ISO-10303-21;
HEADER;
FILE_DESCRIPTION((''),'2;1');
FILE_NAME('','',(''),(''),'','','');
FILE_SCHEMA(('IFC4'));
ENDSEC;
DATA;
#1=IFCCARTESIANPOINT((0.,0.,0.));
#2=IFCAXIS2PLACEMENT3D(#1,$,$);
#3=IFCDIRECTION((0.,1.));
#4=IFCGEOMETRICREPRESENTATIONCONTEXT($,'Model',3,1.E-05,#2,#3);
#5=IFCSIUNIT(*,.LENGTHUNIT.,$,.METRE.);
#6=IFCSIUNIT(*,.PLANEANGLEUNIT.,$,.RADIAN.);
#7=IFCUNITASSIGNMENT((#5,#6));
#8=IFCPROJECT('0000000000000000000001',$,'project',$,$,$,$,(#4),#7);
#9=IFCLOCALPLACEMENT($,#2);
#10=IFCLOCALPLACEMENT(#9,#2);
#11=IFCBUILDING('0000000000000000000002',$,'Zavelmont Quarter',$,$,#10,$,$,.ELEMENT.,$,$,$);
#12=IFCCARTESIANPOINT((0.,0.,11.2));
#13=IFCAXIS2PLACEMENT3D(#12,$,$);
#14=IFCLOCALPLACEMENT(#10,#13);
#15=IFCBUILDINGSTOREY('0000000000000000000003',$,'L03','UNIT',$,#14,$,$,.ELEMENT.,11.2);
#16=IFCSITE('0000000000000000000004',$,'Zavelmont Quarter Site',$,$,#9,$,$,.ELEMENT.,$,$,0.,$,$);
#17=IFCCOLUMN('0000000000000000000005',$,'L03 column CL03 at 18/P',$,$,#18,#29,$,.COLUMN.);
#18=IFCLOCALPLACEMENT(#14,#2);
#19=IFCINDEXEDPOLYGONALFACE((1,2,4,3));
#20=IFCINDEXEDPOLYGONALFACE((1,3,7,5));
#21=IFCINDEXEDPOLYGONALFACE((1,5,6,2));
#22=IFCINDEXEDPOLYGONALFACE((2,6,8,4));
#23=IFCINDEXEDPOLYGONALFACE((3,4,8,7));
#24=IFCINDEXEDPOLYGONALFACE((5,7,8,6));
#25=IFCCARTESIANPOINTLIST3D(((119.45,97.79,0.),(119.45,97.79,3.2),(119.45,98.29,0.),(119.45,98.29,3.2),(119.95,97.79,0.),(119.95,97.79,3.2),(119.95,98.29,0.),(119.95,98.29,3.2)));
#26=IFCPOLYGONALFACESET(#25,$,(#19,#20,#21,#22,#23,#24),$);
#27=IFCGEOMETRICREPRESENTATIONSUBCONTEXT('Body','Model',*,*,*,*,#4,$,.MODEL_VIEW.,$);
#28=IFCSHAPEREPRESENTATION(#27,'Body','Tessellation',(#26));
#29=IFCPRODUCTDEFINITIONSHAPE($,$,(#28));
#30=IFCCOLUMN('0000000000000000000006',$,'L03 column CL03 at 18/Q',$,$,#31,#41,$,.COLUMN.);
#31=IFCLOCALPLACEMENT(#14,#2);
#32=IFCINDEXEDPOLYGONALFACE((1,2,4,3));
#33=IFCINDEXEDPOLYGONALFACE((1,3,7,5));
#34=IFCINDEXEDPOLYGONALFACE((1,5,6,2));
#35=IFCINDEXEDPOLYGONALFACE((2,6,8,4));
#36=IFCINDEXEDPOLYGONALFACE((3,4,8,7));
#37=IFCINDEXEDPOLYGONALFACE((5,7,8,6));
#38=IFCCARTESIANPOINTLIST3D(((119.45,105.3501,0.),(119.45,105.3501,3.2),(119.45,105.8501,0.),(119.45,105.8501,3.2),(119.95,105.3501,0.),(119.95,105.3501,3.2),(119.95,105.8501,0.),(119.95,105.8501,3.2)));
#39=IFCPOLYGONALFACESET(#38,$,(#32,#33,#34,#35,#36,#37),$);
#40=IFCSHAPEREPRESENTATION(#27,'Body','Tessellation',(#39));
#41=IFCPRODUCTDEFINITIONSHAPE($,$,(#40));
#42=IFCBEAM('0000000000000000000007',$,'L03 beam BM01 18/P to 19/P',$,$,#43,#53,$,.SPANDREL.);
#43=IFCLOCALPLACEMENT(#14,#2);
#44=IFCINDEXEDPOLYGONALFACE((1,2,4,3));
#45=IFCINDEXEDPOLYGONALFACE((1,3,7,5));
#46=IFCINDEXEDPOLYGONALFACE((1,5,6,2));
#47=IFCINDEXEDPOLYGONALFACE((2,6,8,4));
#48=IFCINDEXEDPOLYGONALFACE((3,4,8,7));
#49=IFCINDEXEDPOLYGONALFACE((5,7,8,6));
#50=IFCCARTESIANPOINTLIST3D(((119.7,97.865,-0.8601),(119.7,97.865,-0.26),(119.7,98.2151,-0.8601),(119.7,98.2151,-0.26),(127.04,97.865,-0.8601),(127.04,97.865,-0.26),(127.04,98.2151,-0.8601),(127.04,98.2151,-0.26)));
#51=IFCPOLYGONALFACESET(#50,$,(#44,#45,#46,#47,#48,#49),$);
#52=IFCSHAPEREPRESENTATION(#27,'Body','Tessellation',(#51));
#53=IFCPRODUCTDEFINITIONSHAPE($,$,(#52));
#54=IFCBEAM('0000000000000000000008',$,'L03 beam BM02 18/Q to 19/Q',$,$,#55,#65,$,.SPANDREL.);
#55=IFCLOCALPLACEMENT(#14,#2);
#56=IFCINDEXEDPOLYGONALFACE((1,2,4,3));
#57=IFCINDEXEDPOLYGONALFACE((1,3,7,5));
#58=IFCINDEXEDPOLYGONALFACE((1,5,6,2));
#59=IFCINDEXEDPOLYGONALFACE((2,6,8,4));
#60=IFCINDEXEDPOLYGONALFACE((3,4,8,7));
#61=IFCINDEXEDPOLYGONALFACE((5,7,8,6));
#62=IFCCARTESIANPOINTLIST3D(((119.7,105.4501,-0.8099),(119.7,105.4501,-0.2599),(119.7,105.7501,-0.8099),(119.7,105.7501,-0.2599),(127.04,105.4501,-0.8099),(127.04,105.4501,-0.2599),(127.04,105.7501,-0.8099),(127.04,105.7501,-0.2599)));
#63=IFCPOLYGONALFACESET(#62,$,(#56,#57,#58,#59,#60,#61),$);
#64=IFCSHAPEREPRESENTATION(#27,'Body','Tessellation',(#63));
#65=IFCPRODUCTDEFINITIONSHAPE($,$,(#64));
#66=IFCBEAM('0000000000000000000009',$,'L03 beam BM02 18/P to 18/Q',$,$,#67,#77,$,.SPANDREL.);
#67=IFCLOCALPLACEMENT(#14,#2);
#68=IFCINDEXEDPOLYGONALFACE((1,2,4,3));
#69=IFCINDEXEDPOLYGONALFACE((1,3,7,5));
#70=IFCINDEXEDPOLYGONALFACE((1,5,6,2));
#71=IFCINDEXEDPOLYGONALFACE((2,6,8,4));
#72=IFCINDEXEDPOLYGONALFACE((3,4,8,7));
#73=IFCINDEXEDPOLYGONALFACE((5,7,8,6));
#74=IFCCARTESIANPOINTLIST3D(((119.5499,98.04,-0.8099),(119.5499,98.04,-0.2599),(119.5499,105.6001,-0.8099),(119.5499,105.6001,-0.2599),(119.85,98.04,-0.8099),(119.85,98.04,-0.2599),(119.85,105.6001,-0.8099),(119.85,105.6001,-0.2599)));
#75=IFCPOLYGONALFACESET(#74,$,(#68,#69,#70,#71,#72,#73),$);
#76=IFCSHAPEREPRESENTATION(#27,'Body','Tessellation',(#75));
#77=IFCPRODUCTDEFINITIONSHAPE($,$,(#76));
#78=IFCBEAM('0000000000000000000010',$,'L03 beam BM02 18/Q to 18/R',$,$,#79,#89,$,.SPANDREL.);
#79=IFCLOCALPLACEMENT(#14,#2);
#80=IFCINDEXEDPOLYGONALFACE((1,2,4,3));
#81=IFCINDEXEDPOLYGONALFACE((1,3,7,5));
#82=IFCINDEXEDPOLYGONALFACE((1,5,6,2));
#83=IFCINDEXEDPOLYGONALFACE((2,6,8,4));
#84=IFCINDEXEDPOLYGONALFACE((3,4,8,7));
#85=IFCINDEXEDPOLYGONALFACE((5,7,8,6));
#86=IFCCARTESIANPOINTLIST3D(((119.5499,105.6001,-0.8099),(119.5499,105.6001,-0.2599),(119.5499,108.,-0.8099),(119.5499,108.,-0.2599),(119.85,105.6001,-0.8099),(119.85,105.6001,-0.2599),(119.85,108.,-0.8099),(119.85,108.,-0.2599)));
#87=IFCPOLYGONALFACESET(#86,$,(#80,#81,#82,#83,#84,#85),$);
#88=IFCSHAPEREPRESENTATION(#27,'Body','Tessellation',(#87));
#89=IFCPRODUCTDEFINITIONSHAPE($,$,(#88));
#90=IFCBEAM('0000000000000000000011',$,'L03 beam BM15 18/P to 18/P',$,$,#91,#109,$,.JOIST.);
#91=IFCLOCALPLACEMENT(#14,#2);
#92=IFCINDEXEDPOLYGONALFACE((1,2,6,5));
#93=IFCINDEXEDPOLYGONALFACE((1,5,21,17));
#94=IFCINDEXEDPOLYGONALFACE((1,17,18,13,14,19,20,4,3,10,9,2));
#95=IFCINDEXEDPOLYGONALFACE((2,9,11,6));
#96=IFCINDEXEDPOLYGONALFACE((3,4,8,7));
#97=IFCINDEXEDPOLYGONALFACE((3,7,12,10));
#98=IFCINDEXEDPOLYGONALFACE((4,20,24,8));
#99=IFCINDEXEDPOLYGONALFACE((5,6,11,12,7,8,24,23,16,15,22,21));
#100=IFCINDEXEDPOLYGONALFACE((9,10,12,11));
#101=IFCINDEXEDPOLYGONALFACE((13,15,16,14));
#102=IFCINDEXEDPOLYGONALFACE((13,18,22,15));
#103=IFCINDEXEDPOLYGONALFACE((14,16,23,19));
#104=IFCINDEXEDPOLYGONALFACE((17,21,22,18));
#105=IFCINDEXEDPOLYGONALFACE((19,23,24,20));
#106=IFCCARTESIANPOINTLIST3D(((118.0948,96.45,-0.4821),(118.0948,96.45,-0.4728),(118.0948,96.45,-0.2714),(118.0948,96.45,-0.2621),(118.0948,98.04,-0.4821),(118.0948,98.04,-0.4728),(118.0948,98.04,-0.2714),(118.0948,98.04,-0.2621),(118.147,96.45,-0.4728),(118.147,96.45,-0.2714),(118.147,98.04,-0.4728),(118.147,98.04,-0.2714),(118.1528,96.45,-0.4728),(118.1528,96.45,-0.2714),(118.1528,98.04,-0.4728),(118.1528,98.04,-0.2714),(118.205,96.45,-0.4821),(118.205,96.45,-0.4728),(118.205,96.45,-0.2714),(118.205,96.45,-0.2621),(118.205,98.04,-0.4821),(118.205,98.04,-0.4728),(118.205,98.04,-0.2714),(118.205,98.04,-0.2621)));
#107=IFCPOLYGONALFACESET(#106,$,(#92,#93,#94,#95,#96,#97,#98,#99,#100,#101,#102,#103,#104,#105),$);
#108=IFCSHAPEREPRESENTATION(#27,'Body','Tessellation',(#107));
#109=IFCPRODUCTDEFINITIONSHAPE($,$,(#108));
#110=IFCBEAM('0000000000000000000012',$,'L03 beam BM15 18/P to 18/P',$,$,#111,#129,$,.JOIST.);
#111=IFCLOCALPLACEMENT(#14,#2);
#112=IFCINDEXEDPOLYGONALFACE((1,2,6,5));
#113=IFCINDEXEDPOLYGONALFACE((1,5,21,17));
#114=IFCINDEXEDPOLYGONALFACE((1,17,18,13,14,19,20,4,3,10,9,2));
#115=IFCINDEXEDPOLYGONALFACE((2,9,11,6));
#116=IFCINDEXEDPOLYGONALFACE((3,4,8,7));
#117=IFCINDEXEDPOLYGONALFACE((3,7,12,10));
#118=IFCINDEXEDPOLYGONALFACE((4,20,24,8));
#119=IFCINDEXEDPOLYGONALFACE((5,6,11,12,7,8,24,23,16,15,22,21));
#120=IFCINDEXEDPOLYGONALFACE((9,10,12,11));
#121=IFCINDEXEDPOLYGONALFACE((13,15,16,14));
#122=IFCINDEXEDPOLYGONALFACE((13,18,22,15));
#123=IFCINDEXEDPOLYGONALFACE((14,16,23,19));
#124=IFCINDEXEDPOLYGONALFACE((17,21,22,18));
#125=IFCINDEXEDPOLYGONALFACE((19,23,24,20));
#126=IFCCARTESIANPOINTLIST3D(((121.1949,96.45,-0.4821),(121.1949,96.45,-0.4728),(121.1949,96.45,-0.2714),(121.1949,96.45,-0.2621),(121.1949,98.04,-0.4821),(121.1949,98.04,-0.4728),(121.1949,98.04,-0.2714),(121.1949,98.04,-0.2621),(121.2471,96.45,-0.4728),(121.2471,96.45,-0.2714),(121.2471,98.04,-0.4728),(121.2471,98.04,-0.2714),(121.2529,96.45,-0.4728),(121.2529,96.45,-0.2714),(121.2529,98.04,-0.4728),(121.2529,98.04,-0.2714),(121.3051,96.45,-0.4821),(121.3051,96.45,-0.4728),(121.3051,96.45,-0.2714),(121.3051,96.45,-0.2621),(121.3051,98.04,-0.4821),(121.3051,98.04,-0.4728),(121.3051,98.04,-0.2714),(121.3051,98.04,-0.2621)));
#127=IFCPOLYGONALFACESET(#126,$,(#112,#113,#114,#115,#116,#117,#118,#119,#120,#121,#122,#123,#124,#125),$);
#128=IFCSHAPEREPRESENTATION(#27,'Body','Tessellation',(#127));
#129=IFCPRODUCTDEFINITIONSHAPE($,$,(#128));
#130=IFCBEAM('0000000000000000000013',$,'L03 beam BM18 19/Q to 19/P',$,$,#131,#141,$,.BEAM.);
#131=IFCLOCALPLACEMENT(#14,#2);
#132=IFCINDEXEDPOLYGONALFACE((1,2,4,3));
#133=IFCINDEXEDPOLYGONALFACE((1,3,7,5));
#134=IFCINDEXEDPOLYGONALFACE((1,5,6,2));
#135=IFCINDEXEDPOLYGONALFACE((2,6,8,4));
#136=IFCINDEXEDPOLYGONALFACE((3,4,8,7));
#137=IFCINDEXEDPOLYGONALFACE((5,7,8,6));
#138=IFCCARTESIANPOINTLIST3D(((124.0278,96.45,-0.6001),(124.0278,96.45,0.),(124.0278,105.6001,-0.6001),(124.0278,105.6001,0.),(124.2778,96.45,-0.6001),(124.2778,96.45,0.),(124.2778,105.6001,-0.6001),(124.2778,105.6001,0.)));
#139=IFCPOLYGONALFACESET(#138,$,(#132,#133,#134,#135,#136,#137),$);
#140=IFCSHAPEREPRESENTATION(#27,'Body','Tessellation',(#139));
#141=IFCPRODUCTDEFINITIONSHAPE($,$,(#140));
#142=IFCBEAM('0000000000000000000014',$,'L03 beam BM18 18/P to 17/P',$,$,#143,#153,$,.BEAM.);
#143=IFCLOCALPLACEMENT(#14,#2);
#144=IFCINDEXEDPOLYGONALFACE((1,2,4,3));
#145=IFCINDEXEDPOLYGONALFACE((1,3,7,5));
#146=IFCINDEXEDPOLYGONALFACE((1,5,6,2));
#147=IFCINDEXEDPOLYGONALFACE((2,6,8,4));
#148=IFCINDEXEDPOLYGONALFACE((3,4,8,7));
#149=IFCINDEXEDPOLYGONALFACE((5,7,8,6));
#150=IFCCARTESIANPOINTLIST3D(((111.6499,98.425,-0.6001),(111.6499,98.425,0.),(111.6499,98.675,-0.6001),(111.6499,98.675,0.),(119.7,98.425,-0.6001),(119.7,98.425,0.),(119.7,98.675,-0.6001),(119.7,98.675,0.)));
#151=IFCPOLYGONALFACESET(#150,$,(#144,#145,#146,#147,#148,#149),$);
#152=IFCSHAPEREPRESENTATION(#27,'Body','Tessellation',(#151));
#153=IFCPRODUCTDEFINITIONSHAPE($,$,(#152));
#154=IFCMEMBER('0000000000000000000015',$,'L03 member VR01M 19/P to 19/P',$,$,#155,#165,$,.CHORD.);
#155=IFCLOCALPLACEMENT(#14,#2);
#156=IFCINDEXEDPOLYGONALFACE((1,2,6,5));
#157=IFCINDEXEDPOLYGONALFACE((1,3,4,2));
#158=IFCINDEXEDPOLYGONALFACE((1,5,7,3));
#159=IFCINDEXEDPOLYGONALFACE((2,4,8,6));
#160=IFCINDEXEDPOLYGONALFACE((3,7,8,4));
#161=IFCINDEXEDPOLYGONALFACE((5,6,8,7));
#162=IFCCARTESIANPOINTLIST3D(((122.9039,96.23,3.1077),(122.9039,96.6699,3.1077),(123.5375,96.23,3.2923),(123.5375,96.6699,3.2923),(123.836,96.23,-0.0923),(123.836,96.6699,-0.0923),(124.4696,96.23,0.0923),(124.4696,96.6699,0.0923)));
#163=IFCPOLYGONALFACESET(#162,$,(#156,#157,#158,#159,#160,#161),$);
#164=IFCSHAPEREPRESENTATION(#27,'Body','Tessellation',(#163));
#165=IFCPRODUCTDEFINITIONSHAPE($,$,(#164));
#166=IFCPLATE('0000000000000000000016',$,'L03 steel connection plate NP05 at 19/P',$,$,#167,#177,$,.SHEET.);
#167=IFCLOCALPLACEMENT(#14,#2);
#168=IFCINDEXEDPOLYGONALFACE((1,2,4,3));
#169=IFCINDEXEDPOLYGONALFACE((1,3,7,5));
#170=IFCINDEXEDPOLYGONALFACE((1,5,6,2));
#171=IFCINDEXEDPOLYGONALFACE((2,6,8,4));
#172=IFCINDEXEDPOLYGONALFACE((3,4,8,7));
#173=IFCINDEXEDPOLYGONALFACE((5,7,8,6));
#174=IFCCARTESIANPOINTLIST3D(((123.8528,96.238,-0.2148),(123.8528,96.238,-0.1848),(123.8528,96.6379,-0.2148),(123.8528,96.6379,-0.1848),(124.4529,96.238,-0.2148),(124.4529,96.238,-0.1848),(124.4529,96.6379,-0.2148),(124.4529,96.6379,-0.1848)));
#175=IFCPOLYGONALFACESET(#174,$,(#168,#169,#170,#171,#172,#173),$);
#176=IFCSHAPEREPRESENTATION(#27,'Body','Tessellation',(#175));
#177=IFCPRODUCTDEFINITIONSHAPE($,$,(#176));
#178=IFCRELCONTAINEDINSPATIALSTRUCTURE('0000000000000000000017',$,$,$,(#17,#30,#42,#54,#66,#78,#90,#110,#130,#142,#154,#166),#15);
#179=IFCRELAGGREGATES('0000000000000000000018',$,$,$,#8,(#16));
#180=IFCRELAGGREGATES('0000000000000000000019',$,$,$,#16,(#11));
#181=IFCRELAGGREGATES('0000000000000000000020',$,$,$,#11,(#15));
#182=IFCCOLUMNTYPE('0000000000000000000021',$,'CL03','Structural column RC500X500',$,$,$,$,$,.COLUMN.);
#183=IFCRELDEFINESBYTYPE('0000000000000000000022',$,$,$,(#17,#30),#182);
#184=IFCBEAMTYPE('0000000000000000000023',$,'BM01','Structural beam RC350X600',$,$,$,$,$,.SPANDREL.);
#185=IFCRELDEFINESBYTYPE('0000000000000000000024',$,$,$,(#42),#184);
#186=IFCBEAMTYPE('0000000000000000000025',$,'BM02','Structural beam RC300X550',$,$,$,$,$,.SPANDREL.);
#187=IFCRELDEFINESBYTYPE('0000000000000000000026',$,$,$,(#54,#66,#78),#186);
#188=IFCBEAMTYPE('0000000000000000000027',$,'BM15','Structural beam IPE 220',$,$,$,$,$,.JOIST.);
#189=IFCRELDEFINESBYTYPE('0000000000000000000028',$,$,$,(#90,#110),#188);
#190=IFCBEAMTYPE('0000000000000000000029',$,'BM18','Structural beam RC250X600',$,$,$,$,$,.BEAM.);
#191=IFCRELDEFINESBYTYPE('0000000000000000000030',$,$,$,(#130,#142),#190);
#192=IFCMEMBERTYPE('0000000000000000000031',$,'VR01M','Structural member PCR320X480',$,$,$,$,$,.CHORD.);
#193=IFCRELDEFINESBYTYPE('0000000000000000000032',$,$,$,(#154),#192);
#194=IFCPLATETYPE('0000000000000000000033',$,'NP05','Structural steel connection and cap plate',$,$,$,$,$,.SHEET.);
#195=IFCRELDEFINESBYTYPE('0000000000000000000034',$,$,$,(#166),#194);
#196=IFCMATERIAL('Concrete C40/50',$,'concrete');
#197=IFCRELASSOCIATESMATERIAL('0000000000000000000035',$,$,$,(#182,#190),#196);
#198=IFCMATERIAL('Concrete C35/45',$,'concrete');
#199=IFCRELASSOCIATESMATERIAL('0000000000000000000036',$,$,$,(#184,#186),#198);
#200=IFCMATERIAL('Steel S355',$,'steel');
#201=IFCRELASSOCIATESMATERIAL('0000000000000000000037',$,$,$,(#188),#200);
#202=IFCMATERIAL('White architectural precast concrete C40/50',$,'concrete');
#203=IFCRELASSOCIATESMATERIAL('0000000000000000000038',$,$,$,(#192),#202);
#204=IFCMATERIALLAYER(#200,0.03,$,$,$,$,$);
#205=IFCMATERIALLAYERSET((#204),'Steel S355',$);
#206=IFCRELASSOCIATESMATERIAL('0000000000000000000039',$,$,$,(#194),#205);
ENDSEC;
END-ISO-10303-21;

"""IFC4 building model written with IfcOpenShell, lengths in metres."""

from ifc_helpers import new_model, si_unit, direction, frame, origin, origin_2d, place, context, subcontext, project, spatial, rectangle, i_section, extrude, material, layer, layer_set, material_profile, profile_set, type_object, element, save


model = new_model("IFC4")

# Units and contexts
model_context = context("Model", 3, precision=1e-05, world=origin(), true_north=direction((0.0, 1.0)))
body_context = subcontext(model_context, "Body", "Model", "MODEL_VIEW")
ifc_project = project(units=[si_unit("LENGTHUNIT", "METRE"), si_unit("PLANEANGLEUNIT", "RADIAN")], contexts=[model_context])

# Site, building, storey
site_placement = place(None, origin())
site = spatial("IfcSite", under=ifc_project, at=site_placement, Name="Zavelmont Quarter Site", CompositionType="ELEMENT", RefElevation=0.0)
building_placement = place(site_placement, origin())
building = spatial("IfcBuilding", under=site, at=building_placement, Name="Zavelmont Quarter", CompositionType="ELEMENT")
storey_placement = place(building_placement, frame((0.0, 0.0, 11.2)))
storey = spatial("IfcBuildingStorey", under=building, at=storey_placement, Name="L03", Description="UNIT", CompositionType="ELEMENT", Elevation=11.2)

# Columns
ifc_material_1 = material(Name="Concrete C40/50", Category="concrete")
ifc_material_profile_1 = material_profile(ifc_material_1, rectangle(XDim=0.5, YDim=0.5, at=origin_2d()), Name="RC500X500")
ifc_profile_set_1 = profile_set([ifc_material_profile_1], Name="Concrete C40/50")
column_type = type_object("IfcColumnType", Name="CL03", Description="Structural column RC500X500", PredefinedType="COLUMN", material=ifc_profile_set_1)
for number, where, z_axis, x_axis, name in (
    (1, (119.7, 98.04, 0.0), (0.0, 0.0, 1.0), (1.0, 0.0, 0.0), "L03 column CL03 at 18/P"),
    (2, (119.7, 105.6001, 0.0), (0.0, 0.0, 1.0), (1.0, 0.0, 0.0), "L03 column CL03 at 18/Q"),
):
    element("IfcColumn", number, at=place(storey_placement, frame(where, z_axis=z_axis, x_axis=x_axis)), inside=storey, type_object=column_type, Name=name, PredefinedType="COLUMN", context=body_context, shape_type="SweptSolid", body=[
        extrude(rectangle(XDim=0.5, YDim=0.5, at=origin_2d()), origin(), (0.0, 0.0, 1.0), 3.2),
    ])

# Beams
ifc_material_2 = material(Name="Concrete C35/45", Category="concrete")
ifc_material_profile_2 = material_profile(ifc_material_2, rectangle(XDim=0.3501, YDim=0.6001, at=origin_2d()), Name="RC350X600")
ifc_profile_set_2 = profile_set([ifc_material_profile_2], Name="Concrete C35/45")
beam_type_1 = type_object("IfcBeamType", Name="BM01", Description="Structural beam RC350X600", PredefinedType="SPANDREL", material=ifc_profile_set_2)
beam_1_placement = place(storey_placement, frame((119.7, 98.04, -0.5601), z_axis=(1.0, 0.0, 0.0), x_axis=(0.0, 1.0, 0.0)))
element("IfcBeam", 3, at=beam_1_placement, inside=storey, type_object=beam_type_1, Name="L03 beam BM01 18/P to 19/P", PredefinedType="SPANDREL", context=body_context, shape_type="SweptSolid", body=[
    extrude(rectangle(XDim=0.3501, YDim=0.6001, at=origin_2d()), origin(), (0.0, 0.0, 1.0), 7.3401),
])
ifc_material_profile_3 = material_profile(ifc_material_2, rectangle(XDim=0.3, YDim=0.55, at=origin_2d()), Name="RC300X550")
ifc_profile_set_3 = profile_set([ifc_material_profile_3], Name="Concrete C35/45")
beam_type_2 = type_object("IfcBeamType", Name="BM02", Description="Structural beam RC300X550", PredefinedType="SPANDREL", material=ifc_profile_set_3)
beam_2_placement = place(storey_placement, frame((119.7, 105.6001, -0.5349), z_axis=(1.0, 0.0, 0.0), x_axis=(0.0, 1.0, 0.0)))
element("IfcBeam", 4, at=beam_2_placement, inside=storey, type_object=beam_type_2, Name="L03 beam BM02 18/Q to 19/Q", PredefinedType="SPANDREL", context=body_context, shape_type="SweptSolid", body=[
    extrude(rectangle(XDim=0.3, YDim=0.55, at=origin_2d()), origin(), (0.0, 0.0, 1.0), 7.3401),
])
beam_3_placement = place(storey_placement, frame((119.7, 98.04, -0.5349), z_axis=(0.0, 1.0, 0.0), x_axis=(-1.0, 0.0, 0.0)))
element("IfcBeam", 5, at=beam_3_placement, inside=storey, type_object=beam_type_2, Name="L03 beam BM02 18/P to 18/Q", PredefinedType="SPANDREL", context=body_context, shape_type="SweptSolid", body=[
    extrude(rectangle(XDim=0.3, YDim=0.55, at=origin_2d()), origin(), (0.0, 0.0, 1.0), 7.5601),
])
beam_4_placement = place(storey_placement, frame((119.7, 105.6001, -0.5349), z_axis=(0.0, 1.0, 0.0), x_axis=(-1.0, 0.0, 0.0)))
element("IfcBeam", 6, at=beam_4_placement, inside=storey, type_object=beam_type_2, Name="L03 beam BM02 18/Q to 18/R", PredefinedType="SPANDREL", context=body_context, shape_type="SweptSolid", body=[
    extrude(rectangle(XDim=0.3, YDim=0.55, at=origin_2d()), origin(), (0.0, 0.0, 1.0), 2.3999),
])
ifc_material_3 = material(Name="Steel S355", Category="steel")
ifc_material_profile_4 = material_profile(ifc_material_3, i_section(OverallWidth=0.1101, OverallDepth=0.22, WebThickness=0.0059, FlangeThickness=0.0093, at=origin_2d()), Name="IPE 220")
ifc_profile_set_4 = profile_set([ifc_material_profile_4], Name="Steel S355")
beam_type_3 = type_object("IfcBeamType", Name="BM15", Description="Structural beam IPE 220", PredefinedType="JOIST", material=ifc_profile_set_4)
for number, where, z_axis, x_axis, name in (
    (7, (118.1499, 98.04, -0.3721), (0.0, -1.0, 0.0), (1.0, 0.0, 0.0), "L03 beam BM15 18/P to 18/P"),
    (8, (121.25, 98.04, -0.3721), (0.0, -1.0, 0.0), (1.0, 0.0, 0.0), "L03 beam BM15 18/P to 18/P"),
):
    element("IfcBeam", number, at=place(storey_placement, frame(where, z_axis=z_axis, x_axis=x_axis)), inside=storey, type_object=beam_type_3, Name=name, PredefinedType="JOIST", context=body_context, shape_type="SweptSolid", body=[
        extrude(i_section(OverallWidth=0.1101, OverallDepth=0.22, WebThickness=0.0059, FlangeThickness=0.0093, at=origin_2d()), origin(), (0.0, 0.0, 1.0), 1.5901),
    ])
ifc_material_profile_5 = material_profile(ifc_material_1, rectangle(XDim=0.25, YDim=0.6001, at=origin_2d()), Name="RC250X600")
ifc_profile_set_5 = profile_set([ifc_material_profile_5], Name="Concrete C40/50")
beam_type_4 = type_object("IfcBeamType", Name="BM18", Description="Structural beam RC250X600", PredefinedType="BEAM", material=ifc_profile_set_5)
beam_5_placement = place(storey_placement, frame((124.1528, 105.6001, -0.3), z_axis=(0.0, -1.0, 0.0), x_axis=(1.0, 0.0, 0.0)))
element("IfcBeam", 9, at=beam_5_placement, inside=storey, type_object=beam_type_4, Name="L03 beam BM18 19/Q to 19/P", PredefinedType="BEAM", context=body_context, shape_type="SweptSolid", body=[
    extrude(rectangle(XDim=0.25, YDim=0.6001, at=origin_2d()), origin(), (0.0, 0.0, 1.0), 9.1501),
])
beam_6_placement = place(storey_placement, frame((119.7, 98.55, -0.3), z_axis=(-1.0, 0.0, 0.0), x_axis=(0.0, -1.0, 0.0)))
element("IfcBeam", 10, at=beam_6_placement, inside=storey, type_object=beam_type_4, Name="L03 beam BM18 18/P to 17/P", PredefinedType="BEAM", context=body_context, shape_type="SweptSolid", body=[
    extrude(rectangle(XDim=0.25, YDim=0.6001, at=origin_2d()), origin(), (0.0, 0.0, 1.0), 8.05),
])

# Member
ifc_material_4 = material(Name="White architectural precast concrete C40/50", Category="concrete")
ifc_material_profile_6 = material_profile(ifc_material_4, rectangle(XDim=0.4399, YDim=0.6599, at=origin_2d()), Name="PCR320X480")
ifc_profile_set_6 = profile_set([ifc_material_profile_6], Name="White architectural precast concrete C40/50")
member_type = type_object("IfcMemberType", Name="VR01M", Description="Structural member PCR320X480", PredefinedType="CHORD", material=ifc_profile_set_6)
member_placement = place(storey_placement, frame((124.1528, 96.45, 0.0), z_axis=(-0.279671, 0.0, 0.960096), x_axis=(0.0, -1.0, 0.0)))
element("IfcMember", 11, at=member_placement, inside=storey, type_object=member_type, Name="L03 member VR01M 19/P to 19/P", PredefinedType="CHORD", context=body_context, shape_type="SweptSolid", body=[
    extrude(rectangle(XDim=0.4399, YDim=0.6599, at=origin_2d()), origin(), (0.0, 0.0, 1.0), 3.333),
])

# Plate
ifc_layer_1 = layer(ifc_material_3, 0.03)
ifc_layer_set_1 = layer_set([ifc_layer_1], Name="Steel S355")
plate_type = type_object("IfcPlateType", Name="NP05", Description="Structural steel connection and cap plate", PredefinedType="SHEET", material=ifc_layer_set_1)
plate_placement = place(storey_placement, frame((124.1528, 96.438, -0.2148), z_axis=(0.0, 0.0, 1.0), x_axis=(1.0, 0.0, 0.0)))
element("IfcPlate", 12, at=plate_placement, inside=storey, type_object=plate_type, Name="L03 steel connection plate NP05 at 19/P", PredefinedType="SHEET", context=body_context, shape_type="SweptSolid", body=[
    extrude(rectangle(XDim=0.6001, YDim=0.3999, at=origin_2d()), origin(), (0.0, 0.0, 1.0), 0.03),
])

save(model, "model.ifc")
